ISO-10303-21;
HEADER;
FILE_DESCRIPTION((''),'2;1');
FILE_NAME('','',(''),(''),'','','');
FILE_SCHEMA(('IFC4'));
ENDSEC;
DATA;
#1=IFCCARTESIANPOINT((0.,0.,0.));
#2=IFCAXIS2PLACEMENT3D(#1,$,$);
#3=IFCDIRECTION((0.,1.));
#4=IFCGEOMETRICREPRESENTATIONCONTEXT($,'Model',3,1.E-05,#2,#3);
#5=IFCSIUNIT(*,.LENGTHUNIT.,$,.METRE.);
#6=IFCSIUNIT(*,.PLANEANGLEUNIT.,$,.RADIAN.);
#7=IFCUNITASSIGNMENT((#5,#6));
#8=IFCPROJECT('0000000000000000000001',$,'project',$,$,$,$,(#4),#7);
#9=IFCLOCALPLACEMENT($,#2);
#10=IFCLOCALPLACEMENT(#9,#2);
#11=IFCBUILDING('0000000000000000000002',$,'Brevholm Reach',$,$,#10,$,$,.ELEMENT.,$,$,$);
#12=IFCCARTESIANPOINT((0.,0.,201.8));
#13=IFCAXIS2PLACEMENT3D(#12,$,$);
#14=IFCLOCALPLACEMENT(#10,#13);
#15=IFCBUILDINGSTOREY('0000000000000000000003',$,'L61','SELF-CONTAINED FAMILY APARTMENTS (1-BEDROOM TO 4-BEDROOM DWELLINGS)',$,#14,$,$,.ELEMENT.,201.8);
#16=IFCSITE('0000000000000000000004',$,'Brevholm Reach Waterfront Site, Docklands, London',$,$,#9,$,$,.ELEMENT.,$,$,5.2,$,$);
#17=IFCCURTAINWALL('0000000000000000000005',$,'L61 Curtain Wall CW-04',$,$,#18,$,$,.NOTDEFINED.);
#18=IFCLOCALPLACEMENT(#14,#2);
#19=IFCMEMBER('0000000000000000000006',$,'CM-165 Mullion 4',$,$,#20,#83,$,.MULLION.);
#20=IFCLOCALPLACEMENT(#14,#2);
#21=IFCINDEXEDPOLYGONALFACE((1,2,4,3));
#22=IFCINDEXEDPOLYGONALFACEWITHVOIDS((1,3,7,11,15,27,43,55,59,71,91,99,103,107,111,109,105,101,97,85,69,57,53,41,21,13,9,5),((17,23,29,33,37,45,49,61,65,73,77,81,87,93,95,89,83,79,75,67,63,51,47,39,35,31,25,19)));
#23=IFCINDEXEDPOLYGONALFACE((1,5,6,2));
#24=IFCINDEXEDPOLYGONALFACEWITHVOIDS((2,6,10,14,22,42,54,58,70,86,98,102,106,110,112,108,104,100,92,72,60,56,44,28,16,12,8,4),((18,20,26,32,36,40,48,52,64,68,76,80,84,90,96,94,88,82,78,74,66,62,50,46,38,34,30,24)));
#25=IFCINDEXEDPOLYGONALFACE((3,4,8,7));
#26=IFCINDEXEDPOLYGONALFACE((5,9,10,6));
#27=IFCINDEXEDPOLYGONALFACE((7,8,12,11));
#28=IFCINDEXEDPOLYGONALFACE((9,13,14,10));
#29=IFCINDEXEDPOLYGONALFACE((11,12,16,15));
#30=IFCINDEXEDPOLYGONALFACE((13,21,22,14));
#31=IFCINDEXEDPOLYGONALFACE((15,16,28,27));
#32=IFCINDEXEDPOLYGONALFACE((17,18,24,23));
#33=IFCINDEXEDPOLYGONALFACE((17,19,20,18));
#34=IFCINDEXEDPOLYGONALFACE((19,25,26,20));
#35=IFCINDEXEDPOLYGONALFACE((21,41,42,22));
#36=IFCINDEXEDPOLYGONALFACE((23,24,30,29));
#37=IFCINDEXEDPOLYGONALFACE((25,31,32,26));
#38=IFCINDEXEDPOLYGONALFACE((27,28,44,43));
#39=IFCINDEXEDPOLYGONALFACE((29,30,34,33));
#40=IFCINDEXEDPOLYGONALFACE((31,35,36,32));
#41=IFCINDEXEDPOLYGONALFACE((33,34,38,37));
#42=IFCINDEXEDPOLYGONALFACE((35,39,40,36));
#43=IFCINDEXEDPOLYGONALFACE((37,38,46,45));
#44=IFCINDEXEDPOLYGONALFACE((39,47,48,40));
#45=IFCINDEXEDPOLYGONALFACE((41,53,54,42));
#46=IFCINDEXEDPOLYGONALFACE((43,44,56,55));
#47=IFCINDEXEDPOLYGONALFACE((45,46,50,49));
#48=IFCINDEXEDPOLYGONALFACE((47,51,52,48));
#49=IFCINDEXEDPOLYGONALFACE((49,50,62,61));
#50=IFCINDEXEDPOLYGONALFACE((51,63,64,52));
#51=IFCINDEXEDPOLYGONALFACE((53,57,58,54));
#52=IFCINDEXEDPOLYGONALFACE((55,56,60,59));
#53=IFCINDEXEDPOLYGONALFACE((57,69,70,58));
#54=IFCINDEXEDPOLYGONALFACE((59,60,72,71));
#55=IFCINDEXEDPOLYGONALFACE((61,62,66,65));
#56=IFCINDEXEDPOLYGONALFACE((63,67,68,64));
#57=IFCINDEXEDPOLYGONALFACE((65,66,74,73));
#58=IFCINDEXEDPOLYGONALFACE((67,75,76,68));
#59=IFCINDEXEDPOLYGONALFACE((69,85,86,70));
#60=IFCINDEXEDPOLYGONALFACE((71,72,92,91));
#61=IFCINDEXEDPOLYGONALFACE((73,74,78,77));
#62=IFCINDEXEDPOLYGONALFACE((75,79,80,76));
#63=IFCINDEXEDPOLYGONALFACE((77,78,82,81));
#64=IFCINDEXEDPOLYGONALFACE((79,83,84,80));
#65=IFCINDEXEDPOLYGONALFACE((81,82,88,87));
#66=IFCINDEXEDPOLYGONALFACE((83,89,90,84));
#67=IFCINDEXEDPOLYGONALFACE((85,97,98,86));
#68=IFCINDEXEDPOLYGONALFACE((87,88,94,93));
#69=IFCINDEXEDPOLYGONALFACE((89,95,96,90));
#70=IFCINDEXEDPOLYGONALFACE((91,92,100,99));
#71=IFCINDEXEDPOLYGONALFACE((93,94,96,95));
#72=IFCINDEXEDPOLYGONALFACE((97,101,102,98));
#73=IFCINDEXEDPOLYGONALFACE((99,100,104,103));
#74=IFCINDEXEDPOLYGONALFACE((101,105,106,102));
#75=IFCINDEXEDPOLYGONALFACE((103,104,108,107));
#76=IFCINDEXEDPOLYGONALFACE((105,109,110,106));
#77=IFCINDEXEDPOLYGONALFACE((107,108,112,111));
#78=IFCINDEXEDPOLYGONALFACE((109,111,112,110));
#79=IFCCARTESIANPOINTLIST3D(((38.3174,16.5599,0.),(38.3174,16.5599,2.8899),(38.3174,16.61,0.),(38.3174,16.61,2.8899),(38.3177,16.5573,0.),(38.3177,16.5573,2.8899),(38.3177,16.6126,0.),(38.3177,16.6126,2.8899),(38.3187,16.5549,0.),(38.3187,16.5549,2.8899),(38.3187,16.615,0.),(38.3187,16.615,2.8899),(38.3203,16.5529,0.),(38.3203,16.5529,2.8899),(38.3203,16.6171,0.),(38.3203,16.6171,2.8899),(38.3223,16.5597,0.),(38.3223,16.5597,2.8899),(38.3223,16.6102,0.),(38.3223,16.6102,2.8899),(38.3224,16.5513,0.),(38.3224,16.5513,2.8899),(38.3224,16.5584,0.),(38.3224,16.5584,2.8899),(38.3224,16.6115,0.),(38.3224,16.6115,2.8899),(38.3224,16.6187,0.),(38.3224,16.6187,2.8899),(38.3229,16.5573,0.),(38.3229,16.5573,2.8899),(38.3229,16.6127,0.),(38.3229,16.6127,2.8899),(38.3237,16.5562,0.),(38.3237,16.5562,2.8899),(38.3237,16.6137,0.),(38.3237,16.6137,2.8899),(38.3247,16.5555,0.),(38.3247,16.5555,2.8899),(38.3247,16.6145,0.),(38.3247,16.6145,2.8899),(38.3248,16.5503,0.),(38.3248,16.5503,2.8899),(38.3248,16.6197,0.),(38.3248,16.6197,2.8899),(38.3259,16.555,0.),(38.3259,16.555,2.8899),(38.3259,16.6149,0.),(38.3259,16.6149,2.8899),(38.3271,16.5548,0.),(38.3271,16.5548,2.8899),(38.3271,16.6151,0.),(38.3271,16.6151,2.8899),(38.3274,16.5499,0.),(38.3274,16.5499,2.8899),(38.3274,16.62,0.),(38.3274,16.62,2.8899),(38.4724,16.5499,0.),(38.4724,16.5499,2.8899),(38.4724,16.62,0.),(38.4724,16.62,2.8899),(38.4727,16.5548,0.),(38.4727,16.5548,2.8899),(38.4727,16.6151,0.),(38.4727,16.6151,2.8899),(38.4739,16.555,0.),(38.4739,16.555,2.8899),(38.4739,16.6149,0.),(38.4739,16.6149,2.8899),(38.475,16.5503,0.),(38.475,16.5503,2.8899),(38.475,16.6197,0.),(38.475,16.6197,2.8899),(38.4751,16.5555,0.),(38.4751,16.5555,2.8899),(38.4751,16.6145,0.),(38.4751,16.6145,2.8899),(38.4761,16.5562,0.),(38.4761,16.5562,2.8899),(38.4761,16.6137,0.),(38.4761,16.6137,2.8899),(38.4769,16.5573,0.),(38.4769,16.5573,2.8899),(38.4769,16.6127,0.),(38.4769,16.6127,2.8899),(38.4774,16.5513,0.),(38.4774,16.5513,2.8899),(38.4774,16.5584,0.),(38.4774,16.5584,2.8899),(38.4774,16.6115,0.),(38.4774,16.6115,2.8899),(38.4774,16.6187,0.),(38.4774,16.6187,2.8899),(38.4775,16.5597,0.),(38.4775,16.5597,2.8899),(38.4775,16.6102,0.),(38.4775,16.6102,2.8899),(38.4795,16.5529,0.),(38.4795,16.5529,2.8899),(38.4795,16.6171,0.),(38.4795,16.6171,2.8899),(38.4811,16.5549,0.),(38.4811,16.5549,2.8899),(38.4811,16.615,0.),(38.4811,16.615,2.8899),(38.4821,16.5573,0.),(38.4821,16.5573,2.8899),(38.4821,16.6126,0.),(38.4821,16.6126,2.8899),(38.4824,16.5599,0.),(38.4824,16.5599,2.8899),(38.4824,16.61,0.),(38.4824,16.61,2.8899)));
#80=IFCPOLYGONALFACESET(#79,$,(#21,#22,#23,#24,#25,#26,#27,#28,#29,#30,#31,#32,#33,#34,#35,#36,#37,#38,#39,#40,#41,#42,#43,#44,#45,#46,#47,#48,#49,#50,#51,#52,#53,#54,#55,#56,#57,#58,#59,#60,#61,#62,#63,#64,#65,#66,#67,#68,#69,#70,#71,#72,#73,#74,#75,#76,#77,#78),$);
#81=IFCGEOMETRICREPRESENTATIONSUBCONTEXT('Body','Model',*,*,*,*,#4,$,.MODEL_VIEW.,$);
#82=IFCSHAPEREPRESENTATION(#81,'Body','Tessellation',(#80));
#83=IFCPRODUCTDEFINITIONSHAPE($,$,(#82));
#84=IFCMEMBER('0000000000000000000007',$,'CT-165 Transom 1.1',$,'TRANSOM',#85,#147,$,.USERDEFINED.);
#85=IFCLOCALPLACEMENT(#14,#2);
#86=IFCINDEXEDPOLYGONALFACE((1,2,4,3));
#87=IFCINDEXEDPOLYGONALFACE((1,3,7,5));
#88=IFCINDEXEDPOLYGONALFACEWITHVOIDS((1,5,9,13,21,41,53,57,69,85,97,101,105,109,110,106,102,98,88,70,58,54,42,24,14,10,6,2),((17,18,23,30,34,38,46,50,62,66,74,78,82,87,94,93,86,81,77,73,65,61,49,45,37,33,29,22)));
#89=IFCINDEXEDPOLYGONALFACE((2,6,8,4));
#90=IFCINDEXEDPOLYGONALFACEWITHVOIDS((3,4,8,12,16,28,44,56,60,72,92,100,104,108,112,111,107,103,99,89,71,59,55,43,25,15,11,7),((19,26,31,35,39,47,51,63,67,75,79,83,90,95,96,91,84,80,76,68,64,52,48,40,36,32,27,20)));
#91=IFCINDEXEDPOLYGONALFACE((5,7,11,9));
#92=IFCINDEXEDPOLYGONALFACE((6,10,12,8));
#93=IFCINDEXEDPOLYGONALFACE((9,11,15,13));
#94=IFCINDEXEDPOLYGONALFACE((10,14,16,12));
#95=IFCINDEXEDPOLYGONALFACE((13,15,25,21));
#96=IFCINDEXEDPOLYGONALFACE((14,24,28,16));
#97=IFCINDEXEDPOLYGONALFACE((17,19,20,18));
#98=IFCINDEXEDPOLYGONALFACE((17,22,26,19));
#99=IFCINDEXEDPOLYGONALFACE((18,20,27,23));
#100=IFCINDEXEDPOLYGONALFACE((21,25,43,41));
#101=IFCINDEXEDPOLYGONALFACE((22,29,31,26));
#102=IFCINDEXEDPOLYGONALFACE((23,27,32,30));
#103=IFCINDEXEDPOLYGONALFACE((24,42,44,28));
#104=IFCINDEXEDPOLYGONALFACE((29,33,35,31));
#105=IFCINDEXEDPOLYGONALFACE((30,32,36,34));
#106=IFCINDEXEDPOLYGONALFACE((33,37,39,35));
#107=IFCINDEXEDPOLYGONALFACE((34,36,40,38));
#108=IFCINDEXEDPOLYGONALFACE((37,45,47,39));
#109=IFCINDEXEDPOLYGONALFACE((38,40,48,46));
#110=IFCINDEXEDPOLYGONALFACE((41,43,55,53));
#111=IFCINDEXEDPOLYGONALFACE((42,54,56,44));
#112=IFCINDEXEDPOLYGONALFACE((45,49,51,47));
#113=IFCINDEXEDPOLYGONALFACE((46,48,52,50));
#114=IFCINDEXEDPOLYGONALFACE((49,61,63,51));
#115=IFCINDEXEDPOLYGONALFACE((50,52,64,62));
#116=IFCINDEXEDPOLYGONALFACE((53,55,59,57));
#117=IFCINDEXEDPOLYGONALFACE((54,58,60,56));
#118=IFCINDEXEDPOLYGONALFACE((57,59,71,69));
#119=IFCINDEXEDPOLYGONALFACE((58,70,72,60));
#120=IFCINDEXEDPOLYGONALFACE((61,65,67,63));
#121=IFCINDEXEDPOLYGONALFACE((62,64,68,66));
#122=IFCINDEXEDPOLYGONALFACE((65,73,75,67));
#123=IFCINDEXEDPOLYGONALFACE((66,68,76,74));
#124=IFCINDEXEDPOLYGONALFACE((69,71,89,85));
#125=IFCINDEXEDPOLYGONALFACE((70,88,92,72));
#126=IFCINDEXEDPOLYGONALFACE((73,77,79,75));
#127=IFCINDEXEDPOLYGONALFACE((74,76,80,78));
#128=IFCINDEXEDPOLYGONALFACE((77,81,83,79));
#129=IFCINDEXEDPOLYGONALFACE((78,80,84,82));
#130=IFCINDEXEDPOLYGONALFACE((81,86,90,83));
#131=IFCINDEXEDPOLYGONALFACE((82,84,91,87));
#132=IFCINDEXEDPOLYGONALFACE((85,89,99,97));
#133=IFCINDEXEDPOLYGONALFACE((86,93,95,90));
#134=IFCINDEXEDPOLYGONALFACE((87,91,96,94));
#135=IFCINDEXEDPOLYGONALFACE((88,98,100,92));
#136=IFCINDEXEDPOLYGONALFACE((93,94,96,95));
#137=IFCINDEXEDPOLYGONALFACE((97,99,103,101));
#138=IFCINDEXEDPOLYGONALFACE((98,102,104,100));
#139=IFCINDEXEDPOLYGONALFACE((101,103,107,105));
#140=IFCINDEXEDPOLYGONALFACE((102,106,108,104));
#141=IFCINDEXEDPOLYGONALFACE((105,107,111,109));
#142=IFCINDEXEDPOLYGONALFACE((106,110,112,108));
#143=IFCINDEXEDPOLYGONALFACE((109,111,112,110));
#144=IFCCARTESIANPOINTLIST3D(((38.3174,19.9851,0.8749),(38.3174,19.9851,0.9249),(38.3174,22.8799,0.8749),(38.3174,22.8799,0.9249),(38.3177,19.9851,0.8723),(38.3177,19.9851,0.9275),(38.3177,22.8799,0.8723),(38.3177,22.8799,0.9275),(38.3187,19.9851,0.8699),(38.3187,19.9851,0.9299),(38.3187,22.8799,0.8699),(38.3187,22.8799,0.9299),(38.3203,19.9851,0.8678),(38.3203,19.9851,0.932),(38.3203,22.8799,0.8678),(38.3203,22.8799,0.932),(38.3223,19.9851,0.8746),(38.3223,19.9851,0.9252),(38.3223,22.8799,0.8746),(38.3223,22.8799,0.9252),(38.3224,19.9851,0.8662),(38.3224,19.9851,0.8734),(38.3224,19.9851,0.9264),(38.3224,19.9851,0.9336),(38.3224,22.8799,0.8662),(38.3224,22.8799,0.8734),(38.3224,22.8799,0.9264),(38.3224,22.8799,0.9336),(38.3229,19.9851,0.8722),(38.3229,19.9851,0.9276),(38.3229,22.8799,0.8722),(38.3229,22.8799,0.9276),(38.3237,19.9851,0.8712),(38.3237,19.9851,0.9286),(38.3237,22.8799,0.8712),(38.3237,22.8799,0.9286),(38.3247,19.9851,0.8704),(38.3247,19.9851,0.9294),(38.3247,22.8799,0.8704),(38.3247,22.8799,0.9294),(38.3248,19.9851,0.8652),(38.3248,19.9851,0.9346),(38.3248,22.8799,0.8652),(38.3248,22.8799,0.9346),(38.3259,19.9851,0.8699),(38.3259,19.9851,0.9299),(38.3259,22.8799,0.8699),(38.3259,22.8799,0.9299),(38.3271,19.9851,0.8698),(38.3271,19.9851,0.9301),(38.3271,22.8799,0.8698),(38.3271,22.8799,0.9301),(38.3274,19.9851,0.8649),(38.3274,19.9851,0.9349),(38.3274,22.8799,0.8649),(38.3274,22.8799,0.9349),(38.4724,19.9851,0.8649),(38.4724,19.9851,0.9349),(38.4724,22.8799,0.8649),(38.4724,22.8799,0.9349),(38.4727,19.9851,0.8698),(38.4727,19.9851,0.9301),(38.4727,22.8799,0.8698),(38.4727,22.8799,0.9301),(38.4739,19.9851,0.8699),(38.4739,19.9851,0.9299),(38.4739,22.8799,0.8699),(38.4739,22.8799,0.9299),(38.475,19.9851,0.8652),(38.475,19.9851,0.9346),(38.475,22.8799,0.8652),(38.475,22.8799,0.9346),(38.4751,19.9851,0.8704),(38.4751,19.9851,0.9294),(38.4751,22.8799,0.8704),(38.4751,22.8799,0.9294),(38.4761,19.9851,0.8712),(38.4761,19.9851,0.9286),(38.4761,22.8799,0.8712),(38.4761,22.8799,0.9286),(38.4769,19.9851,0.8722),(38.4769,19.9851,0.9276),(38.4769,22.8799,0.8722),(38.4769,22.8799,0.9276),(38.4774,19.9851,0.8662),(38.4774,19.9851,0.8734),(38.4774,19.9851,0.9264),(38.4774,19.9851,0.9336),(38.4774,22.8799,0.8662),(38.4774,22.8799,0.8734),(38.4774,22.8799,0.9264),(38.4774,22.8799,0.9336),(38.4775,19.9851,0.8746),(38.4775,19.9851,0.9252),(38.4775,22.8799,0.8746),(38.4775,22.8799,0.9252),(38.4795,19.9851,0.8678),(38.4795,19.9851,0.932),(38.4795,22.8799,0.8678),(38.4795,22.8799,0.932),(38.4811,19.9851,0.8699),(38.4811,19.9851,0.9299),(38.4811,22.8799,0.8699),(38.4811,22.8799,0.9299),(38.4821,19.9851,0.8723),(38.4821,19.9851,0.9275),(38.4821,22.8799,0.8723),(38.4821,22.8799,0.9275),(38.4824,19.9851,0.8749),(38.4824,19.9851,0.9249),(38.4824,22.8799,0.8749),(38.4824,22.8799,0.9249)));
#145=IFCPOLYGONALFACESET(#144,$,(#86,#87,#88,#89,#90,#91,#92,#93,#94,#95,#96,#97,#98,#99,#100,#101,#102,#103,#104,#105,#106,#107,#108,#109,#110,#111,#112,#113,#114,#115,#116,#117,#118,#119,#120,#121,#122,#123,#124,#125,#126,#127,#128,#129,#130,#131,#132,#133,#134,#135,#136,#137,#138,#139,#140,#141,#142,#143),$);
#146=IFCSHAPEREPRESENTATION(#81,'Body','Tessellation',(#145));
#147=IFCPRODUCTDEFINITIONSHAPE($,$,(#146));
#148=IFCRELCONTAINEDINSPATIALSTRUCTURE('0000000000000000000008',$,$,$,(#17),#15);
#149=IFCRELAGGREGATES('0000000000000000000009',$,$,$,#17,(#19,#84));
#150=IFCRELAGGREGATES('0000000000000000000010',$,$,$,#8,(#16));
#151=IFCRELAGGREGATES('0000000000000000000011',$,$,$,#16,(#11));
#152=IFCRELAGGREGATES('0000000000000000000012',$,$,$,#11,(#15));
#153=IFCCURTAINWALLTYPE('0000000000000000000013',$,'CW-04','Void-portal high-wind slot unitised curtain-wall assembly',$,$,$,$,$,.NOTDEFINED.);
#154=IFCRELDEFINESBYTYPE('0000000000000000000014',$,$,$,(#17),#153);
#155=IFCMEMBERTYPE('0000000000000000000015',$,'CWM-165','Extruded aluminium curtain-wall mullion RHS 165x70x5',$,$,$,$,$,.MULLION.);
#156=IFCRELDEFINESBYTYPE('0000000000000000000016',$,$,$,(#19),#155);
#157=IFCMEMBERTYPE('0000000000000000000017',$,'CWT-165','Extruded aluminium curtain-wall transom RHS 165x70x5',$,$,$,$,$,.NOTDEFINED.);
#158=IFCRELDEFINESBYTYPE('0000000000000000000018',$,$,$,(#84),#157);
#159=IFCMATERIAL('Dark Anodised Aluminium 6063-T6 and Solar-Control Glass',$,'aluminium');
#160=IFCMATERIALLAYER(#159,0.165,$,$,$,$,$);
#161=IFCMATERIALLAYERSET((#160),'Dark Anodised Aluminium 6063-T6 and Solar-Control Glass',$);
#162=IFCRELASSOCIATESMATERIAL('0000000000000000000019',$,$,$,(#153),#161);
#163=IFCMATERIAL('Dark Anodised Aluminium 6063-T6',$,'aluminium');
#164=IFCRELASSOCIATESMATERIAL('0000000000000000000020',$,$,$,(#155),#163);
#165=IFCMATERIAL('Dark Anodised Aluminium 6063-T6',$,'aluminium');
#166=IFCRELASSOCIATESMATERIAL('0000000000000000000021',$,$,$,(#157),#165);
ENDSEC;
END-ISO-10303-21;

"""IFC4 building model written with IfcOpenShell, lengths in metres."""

from ifc_helpers import new_model, si_unit, direction, frame, origin, origin_2d, place, context, subcontext, project, spatial, hollow_rectangle, extrude, material, layer, layer_set, material_profile, profile_set, type_object, element, aggregate, save


model = new_model("IFC4")

# Units and contexts
model_context = context("Model", 3, precision=1e-05, world=origin(), true_north=direction((0.0, 1.0)))
body_context = subcontext(model_context, "Body", "Model", "MODEL_VIEW")
ifc_project = project(units=[si_unit("LENGTHUNIT", "METRE"), si_unit("PLANEANGLEUNIT", "RADIAN")], contexts=[model_context])

# Site, building, storey
site_placement = place(None, origin())
site = spatial("IfcSite", under=ifc_project, at=site_placement, Name="Brevholm Reach Waterfront Site, Docklands, London", CompositionType="ELEMENT", RefElevation=5.2)
building_placement = place(site_placement, origin())
building = spatial("IfcBuilding", under=site, at=building_placement, Name="Brevholm Reach", CompositionType="ELEMENT")
storey_placement = place(building_placement, frame((0.0, 0.0, 201.8)))
storey = spatial("IfcBuildingStorey", under=building, at=storey_placement, Name="L61", Description="SELF-CONTAINED FAMILY APARTMENTS (1-BEDROOM TO 4-BEDROOM DWELLINGS)", CompositionType="ELEMENT", Elevation=201.8)

# Curtain wall, members
ifc_material_1 = material(Name="Dark Anodised Aluminium 6063-T6 and Solar-Control Glass", Category="aluminium")
ifc_layer_1 = layer(ifc_material_1, 0.165)
ifc_layer_set_1 = layer_set([ifc_layer_1], Name="Dark Anodised Aluminium 6063-T6 and Solar-Control Glass")
curtain_wall_type = type_object("IfcCurtainWallType", Name="CW-04", Description="Void-portal high-wind slot unitised curtain-wall assembly", PredefinedType="NOTDEFINED", material=ifc_layer_set_1)
curtain_wall_placement = place(storey_placement, origin())
curtain_wall = element("IfcCurtainWall", 1, at=curtain_wall_placement, inside=storey, type_object=curtain_wall_type, Name="L61 Curtain Wall CW-04", PredefinedType="NOTDEFINED")
ifc_material_2 = material(Name="Dark Anodised Aluminium 6063-T6", Category="aluminium")
ifc_material_profile_1 = material_profile(ifc_material_2, hollow_rectangle(XDim=0.0701, YDim=0.165, WallThickness=0.0049, InnerFilletRadius=0.0049, OuterFilletRadius=0.01, at=origin_2d()), Name="RHS 165x70x5")
ifc_profile_set_1 = profile_set([ifc_material_profile_1], Name="Dark Anodised Aluminium 6063-T6")
member_type_1 = type_object("IfcMemberType", Name="CWM-165", Description="Extruded aluminium curtain-wall mullion RHS 165x70x5", PredefinedType="MULLION", material=ifc_profile_set_1)
member_1_placement = place(storey_placement, frame((38.3999, 16.585, 0.0), z_axis=(0.0, 0.0, 1.0), x_axis=(0.0, -1.0, 0.0)))
member_1 = element("IfcMember", 2, at=member_1_placement, type_object=member_type_1, Name="CM-165 Mullion 4", PredefinedType="MULLION", context=body_context, shape_type="SweptSolid", body=[
    extrude(hollow_rectangle(XDim=0.0701, YDim=0.165, WallThickness=0.0049, InnerFilletRadius=0.0049, OuterFilletRadius=0.01, at=origin_2d()), origin(), (0.0, 0.0, 1.0), 2.8899),
])
ifc_material_3 = material(Name="Dark Anodised Aluminium 6063-T6", Category="aluminium")
ifc_material_profile_2 = material_profile(ifc_material_3, hollow_rectangle(XDim=0.0701, YDim=0.165, WallThickness=0.0049, InnerFilletRadius=0.0049, OuterFilletRadius=0.01, at=origin_2d()), Name="RHS 165x70x5")
ifc_profile_set_2 = profile_set([ifc_material_profile_2], Name="Dark Anodised Aluminium 6063-T6")
member_type_2 = type_object("IfcMemberType", Name="CWT-165", Description="Extruded aluminium curtain-wall transom RHS 165x70x5", PredefinedType="NOTDEFINED", material=ifc_profile_set_2)
member_2_placement = place(storey_placement, frame((38.3999, 22.8799, 0.8999), z_axis=(0.0, -1.0, 0.0), x_axis=(0.0, 0.0, 1.0)))
member_2 = element("IfcMember", 3, at=member_2_placement, type_object=member_type_2, Name="CT-165 Transom 1.1", ObjectType="TRANSOM", PredefinedType="USERDEFINED", context=body_context, shape_type="SweptSolid", body=[
    extrude(hollow_rectangle(XDim=0.0701, YDim=0.165, WallThickness=0.0049, InnerFilletRadius=0.0049, OuterFilletRadius=0.01, at=origin_2d()), origin(), (0.0, 0.0, 1.0), 2.8948),
])
aggregate(curtain_wall, [member_1, member_2])

save(model, "model.ifc")
